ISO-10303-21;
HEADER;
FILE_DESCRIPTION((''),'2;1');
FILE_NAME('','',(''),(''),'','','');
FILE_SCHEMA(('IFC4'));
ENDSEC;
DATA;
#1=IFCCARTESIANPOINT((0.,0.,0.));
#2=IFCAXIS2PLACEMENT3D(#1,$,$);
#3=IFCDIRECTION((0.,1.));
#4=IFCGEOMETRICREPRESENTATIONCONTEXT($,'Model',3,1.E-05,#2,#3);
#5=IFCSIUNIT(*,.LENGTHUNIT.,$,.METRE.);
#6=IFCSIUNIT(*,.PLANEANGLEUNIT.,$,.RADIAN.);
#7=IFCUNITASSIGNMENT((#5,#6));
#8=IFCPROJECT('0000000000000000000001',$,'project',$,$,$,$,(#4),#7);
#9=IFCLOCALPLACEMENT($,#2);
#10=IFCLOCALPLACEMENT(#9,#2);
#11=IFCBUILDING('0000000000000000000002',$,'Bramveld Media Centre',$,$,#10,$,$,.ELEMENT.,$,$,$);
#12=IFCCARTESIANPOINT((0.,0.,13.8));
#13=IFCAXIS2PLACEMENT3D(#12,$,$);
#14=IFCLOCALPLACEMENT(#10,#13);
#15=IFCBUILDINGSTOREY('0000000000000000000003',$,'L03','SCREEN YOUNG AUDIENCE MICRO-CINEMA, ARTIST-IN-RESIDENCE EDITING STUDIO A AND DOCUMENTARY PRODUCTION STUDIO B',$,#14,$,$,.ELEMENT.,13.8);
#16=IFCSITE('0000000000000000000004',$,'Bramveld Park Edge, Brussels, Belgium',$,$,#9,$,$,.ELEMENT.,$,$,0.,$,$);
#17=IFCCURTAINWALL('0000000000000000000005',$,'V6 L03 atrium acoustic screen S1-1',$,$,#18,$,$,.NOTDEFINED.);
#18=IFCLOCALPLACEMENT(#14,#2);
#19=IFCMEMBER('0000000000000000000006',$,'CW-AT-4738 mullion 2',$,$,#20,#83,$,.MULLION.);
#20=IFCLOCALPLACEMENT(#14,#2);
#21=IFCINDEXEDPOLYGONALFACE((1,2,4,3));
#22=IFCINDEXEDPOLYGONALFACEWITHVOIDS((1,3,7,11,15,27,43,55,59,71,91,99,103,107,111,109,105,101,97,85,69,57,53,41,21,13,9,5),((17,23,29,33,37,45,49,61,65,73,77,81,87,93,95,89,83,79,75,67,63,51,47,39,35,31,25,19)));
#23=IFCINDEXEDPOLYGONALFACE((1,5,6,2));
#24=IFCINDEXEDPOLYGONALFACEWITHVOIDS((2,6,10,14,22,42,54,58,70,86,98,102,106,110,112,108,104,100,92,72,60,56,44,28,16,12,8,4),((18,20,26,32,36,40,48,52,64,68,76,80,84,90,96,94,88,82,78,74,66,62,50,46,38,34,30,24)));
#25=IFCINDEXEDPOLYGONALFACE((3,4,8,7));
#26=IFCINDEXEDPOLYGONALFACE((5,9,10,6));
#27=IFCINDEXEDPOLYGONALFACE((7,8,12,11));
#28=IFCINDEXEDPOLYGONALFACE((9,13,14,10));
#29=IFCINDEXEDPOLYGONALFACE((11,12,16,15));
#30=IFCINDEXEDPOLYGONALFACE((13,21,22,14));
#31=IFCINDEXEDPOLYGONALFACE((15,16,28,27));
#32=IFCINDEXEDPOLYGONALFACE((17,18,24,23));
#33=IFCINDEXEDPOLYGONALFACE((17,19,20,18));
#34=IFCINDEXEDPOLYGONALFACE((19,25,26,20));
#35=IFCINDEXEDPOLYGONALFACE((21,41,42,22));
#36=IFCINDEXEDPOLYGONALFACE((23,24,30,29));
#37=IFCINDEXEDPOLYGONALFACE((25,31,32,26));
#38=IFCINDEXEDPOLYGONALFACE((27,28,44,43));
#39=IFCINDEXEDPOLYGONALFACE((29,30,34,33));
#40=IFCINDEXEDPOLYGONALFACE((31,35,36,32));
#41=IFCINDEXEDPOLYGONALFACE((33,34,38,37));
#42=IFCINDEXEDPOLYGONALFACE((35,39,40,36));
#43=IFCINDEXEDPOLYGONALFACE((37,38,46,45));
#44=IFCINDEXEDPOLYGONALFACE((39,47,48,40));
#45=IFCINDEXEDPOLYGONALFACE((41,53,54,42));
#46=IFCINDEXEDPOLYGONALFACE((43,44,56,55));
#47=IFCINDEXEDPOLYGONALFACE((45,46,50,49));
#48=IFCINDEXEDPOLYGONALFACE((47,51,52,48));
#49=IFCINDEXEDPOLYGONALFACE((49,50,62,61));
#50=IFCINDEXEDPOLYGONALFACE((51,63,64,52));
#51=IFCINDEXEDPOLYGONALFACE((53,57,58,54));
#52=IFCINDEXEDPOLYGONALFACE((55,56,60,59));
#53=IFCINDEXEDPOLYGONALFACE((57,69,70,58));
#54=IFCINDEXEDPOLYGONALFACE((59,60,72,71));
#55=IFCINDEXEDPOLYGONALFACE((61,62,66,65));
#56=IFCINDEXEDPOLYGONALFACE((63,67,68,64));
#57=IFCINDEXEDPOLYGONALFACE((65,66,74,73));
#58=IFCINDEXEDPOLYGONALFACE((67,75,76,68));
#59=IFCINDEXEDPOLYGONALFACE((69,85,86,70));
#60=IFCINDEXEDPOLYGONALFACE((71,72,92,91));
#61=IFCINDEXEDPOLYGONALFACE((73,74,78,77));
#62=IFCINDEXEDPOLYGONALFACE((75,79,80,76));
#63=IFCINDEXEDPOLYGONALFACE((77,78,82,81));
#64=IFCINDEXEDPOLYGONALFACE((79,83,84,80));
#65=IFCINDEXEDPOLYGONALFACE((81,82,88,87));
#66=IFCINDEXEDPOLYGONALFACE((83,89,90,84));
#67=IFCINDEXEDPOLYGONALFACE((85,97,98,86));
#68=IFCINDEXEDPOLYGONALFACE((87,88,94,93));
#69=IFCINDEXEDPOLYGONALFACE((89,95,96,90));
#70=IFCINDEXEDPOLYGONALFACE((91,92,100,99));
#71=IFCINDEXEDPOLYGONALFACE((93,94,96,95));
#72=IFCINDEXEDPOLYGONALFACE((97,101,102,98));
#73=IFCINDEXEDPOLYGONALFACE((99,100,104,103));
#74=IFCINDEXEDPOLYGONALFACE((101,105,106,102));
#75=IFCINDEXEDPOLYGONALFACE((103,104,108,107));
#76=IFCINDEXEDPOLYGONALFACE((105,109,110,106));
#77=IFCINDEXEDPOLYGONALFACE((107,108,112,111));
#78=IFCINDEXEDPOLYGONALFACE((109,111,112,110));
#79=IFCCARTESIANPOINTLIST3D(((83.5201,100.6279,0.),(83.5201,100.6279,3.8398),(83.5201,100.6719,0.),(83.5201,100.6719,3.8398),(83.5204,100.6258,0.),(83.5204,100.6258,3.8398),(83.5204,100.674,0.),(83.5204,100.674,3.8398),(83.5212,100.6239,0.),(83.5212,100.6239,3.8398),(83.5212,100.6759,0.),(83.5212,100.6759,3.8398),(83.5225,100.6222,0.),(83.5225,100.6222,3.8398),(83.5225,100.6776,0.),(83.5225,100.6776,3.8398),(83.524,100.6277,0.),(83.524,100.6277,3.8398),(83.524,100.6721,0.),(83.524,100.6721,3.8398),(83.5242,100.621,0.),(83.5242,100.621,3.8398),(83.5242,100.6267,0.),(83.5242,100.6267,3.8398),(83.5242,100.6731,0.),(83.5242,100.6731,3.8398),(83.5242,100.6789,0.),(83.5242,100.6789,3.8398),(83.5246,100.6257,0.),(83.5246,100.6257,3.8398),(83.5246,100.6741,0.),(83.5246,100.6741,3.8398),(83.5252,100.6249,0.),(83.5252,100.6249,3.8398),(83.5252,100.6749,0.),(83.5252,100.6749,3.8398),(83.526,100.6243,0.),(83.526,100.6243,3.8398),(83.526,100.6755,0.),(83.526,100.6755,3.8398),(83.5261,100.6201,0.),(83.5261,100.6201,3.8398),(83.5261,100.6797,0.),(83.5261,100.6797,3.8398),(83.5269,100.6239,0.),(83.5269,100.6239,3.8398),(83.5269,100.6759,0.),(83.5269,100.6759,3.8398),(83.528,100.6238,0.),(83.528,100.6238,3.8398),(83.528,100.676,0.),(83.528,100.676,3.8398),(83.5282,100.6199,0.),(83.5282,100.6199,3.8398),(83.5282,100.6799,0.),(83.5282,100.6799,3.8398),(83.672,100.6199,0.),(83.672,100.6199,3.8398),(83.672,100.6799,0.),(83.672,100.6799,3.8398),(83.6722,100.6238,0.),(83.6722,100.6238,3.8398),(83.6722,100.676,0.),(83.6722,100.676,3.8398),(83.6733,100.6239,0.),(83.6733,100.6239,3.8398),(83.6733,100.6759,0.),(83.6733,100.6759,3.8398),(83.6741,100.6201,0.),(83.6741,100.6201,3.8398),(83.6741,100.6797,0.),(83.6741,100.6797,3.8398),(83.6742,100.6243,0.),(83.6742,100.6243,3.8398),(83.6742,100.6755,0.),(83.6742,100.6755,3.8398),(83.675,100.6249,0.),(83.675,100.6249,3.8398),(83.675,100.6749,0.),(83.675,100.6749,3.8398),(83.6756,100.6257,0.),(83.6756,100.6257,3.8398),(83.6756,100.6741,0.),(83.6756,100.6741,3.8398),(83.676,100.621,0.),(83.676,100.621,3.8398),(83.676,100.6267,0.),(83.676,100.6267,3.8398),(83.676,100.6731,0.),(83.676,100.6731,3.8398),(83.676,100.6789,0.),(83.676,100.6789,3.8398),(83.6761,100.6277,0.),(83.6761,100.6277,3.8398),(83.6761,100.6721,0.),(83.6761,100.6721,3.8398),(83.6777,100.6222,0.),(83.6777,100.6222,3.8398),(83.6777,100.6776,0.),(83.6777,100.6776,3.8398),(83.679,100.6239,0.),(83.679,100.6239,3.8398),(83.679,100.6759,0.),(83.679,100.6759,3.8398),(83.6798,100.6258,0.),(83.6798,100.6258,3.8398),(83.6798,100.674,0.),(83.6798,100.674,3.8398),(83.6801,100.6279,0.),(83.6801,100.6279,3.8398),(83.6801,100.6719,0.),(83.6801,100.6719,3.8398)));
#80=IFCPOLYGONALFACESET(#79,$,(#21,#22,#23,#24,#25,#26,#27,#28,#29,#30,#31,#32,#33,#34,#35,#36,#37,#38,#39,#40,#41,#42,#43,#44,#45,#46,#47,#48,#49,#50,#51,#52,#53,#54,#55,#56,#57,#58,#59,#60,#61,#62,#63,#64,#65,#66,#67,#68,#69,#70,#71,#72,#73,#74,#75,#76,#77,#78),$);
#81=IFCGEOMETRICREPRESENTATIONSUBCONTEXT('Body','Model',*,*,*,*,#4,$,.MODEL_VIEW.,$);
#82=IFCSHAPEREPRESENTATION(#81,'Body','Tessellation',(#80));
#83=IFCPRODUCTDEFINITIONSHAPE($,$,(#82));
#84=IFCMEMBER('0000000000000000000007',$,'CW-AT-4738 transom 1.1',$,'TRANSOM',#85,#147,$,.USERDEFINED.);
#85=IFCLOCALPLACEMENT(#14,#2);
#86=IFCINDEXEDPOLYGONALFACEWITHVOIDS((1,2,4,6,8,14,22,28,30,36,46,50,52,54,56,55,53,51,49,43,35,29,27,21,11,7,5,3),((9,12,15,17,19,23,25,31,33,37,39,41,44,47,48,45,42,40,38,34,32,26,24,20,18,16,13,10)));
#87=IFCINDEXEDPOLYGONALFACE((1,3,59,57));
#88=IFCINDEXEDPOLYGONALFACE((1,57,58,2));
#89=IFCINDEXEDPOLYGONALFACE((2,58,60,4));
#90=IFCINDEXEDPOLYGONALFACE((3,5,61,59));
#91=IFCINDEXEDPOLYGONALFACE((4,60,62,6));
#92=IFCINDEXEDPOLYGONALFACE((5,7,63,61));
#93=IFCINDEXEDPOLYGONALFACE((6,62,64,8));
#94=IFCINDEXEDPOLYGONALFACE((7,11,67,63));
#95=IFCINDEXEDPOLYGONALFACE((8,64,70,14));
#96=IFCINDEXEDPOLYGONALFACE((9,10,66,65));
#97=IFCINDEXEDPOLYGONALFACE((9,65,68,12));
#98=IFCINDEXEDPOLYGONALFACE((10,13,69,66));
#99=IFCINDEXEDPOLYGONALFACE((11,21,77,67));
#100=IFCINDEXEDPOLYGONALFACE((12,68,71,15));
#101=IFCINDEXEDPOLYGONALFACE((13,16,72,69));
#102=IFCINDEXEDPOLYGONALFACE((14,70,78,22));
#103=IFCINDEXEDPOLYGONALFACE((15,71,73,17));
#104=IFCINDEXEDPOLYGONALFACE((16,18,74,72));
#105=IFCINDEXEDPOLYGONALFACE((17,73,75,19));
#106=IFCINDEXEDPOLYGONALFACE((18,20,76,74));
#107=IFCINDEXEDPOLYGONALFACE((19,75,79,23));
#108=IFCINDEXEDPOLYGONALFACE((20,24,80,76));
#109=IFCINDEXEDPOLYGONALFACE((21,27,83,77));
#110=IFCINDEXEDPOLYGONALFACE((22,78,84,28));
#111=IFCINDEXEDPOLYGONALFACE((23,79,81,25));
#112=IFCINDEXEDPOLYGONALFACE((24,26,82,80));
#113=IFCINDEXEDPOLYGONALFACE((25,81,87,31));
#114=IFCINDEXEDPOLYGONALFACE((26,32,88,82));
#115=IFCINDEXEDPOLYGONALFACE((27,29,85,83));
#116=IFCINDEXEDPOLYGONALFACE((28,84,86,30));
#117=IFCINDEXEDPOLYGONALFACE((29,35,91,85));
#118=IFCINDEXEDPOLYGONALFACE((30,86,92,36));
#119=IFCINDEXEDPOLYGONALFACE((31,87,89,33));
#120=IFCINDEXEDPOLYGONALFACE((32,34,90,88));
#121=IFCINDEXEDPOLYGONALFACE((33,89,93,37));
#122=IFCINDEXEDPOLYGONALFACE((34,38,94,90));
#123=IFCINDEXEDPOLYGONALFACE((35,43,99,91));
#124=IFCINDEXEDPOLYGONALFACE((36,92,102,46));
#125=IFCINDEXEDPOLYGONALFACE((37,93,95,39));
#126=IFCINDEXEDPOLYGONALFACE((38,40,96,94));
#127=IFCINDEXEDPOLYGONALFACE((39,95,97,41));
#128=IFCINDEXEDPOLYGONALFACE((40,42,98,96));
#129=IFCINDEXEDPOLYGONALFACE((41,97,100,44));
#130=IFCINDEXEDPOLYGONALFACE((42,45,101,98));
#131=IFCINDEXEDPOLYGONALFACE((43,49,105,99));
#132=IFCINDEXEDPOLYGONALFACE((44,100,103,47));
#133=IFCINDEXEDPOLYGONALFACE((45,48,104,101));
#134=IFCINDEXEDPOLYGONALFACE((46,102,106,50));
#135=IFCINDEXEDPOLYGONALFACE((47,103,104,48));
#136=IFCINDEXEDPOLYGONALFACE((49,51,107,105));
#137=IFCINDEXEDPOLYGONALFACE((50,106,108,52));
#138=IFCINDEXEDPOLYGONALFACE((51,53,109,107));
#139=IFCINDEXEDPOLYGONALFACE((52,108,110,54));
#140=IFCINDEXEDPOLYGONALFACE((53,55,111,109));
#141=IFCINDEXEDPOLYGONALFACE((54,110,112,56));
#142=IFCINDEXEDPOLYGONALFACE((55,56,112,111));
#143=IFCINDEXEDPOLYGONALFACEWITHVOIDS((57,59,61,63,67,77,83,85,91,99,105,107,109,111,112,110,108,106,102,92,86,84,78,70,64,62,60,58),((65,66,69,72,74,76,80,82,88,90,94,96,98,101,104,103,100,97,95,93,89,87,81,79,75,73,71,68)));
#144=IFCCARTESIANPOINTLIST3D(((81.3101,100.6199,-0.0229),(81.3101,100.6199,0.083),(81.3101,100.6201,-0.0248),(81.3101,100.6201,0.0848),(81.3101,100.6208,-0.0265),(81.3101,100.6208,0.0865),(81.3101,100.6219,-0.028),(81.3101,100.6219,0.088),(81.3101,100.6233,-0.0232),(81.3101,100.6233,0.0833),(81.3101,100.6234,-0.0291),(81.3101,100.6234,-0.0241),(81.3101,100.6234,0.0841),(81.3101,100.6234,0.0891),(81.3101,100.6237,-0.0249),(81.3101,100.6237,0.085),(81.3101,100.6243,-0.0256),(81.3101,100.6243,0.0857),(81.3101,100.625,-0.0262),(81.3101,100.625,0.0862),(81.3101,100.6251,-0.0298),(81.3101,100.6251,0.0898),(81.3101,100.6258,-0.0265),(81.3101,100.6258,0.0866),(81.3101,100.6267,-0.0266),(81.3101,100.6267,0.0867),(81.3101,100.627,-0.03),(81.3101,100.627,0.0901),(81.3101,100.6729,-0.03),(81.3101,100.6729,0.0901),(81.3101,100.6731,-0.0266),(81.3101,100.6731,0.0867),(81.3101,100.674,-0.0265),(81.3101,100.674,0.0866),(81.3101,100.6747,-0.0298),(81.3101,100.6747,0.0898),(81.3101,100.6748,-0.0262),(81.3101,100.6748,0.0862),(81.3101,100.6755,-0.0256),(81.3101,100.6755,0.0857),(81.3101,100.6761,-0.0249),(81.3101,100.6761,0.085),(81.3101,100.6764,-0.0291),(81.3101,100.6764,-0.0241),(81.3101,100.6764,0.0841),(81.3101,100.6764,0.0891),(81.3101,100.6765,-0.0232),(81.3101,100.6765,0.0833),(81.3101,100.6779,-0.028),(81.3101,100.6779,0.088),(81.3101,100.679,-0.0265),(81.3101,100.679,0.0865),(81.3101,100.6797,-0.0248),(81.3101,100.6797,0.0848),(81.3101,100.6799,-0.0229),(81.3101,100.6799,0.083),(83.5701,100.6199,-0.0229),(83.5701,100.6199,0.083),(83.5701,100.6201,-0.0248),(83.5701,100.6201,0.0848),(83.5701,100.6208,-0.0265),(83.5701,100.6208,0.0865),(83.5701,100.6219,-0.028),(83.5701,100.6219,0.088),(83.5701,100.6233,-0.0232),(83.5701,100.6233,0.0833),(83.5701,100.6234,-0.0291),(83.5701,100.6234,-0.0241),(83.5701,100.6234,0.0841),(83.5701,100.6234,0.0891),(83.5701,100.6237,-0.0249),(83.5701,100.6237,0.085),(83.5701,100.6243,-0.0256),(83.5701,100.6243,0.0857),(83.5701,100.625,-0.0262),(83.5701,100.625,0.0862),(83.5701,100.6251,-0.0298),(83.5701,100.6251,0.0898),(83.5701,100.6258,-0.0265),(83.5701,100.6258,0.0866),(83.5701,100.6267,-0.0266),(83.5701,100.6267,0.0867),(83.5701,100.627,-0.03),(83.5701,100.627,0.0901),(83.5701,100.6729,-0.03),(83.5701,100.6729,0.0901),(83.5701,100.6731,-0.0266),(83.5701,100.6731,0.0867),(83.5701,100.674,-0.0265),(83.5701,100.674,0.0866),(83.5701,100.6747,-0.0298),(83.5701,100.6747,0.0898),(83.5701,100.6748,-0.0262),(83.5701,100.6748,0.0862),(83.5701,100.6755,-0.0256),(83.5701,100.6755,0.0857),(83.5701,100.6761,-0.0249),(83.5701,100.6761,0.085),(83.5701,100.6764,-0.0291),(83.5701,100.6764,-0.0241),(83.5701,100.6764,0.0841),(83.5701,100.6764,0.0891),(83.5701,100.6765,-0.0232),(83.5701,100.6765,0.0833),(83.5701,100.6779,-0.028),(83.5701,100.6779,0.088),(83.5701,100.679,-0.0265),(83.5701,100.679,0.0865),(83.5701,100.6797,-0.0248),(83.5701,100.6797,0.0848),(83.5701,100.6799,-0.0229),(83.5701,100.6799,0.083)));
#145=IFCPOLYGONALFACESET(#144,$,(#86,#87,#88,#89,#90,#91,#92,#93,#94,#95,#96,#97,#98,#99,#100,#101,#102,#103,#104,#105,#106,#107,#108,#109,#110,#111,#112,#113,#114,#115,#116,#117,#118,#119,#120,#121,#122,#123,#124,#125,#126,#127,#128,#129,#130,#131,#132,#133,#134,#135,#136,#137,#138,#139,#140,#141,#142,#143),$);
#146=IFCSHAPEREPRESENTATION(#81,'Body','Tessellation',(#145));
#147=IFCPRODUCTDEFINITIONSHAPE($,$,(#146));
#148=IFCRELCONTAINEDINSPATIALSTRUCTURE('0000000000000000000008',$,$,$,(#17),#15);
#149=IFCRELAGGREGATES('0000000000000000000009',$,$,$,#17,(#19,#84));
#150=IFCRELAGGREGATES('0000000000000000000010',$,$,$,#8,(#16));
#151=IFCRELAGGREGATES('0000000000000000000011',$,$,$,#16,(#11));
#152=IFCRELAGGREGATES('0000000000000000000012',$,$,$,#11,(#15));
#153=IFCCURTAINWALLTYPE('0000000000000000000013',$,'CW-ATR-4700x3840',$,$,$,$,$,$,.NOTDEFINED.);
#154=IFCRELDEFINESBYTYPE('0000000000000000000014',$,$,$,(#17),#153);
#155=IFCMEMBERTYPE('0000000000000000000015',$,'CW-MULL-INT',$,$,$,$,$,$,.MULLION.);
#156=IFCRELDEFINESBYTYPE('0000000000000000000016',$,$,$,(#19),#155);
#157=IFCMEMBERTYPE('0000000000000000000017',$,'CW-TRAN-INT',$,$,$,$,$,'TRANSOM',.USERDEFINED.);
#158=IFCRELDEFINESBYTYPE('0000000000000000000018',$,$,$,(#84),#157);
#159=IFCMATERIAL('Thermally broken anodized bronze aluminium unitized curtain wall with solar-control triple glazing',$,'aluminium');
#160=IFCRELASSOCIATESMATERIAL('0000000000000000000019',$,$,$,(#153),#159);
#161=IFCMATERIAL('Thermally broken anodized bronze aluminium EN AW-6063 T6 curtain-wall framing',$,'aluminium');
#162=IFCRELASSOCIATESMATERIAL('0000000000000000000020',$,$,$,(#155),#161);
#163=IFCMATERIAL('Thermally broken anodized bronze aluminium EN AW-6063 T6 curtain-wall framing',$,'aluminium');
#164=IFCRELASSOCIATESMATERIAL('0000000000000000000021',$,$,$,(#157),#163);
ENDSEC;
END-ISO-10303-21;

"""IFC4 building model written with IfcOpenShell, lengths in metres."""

from ifc_helpers import new_model, si_unit, direction, frame, origin, origin_2d, place, context, subcontext, project, spatial, hollow_rectangle, extrude, material, material_profile, profile_set, type_object, element, aggregate, save


model = new_model("IFC4")

# Units and contexts
model_context = context("Model", 3, precision=1e-05, world=origin(), true_north=direction((0.0, 1.0)))
body_context = subcontext(model_context, "Body", "Model", "MODEL_VIEW")
ifc_project = project(units=[si_unit("LENGTHUNIT", "METRE"), si_unit("PLANEANGLEUNIT", "RADIAN")], contexts=[model_context])

# Site, building, storey
site_placement = place(None, origin())
site = spatial("IfcSite", under=ifc_project, at=site_placement, Name="Bramveld Park Edge, Brussels, Belgium", CompositionType="ELEMENT", RefElevation=0.0)
building_placement = place(site_placement, origin())
building = spatial("IfcBuilding", under=site, at=building_placement, Name="Bramveld Media Centre", CompositionType="ELEMENT")
storey_placement = place(building_placement, frame((0.0, 0.0, 13.8)))
storey = spatial("IfcBuildingStorey", under=building, at=storey_placement, Name="L03", Description="SCREEN YOUNG AUDIENCE MICRO-CINEMA, ARTIST-IN-RESIDENCE EDITING STUDIO A AND DOCUMENTARY PRODUCTION STUDIO B", CompositionType="ELEMENT", Elevation=13.8)

# Curtain wall, members
ifc_material_1 = material(Name="Thermally broken anodized bronze aluminium unitized curtain wall with solar-control triple glazing", Category="aluminium")
curtain_wall_type = type_object("IfcCurtainWallType", Name="CW-ATR-4700x3840", PredefinedType="NOTDEFINED", material=ifc_material_1)
curtain_wall_placement = place(storey_placement, origin())
curtain_wall = element("IfcCurtainWall", 1, at=curtain_wall_placement, inside=storey, type_object=curtain_wall_type, Name="V6 L03 atrium acoustic screen S1-1", PredefinedType="NOTDEFINED")
ifc_material_2 = material(Name="Thermally broken anodized bronze aluminium EN AW-6063 T6 curtain-wall framing", Category="aluminium")
ifc_material_profile_1 = material_profile(ifc_material_2, hollow_rectangle(XDim=0.0601, YDim=0.1599, WallThickness=0.0039, InnerFilletRadius=0.0039, OuterFilletRadius=0.0081, at=origin_2d()), Name="AL-MULL 60x160")
ifc_profile_set_1 = profile_set([ifc_material_profile_1], Name="Thermally broken anodized bronze aluminium EN AW-6063 T6 curtain-wall framing")
member_type_1 = type_object("IfcMemberType", Name="CW-MULL-INT", PredefinedType="MULLION", material=ifc_profile_set_1)
member_1_placement = place(storey_placement, frame((83.6001, 100.6499, 0.0), z_axis=(0.0, 0.0, 1.0), x_axis=(0.0, 1.0, 0.0)))
member_1 = element("IfcMember", 2, at=member_1_placement, type_object=member_type_1, Name="CW-AT-4738 mullion 2", PredefinedType="MULLION", context=body_context, shape_type="SweptSolid", body=[
    extrude(hollow_rectangle(XDim=0.0601, YDim=0.1599, WallThickness=0.0039, InnerFilletRadius=0.0039, OuterFilletRadius=0.0081, at=origin_2d()), origin(), (0.0, 0.0, 1.0), 3.8398),
])
ifc_material_3 = material(Name="Thermally broken anodized bronze aluminium EN AW-6063 T6 curtain-wall framing", Category="aluminium")
ifc_material_profile_2 = material_profile(ifc_material_3, hollow_rectangle(XDim=0.0601, YDim=0.1201, WallThickness=0.0034, InnerFilletRadius=0.0034, OuterFilletRadius=0.0071, at=origin_2d()), Name="AL-TRAN 60x120")
ifc_profile_set_2 = profile_set([ifc_material_profile_2], Name="Thermally broken anodized bronze aluminium EN AW-6063 T6 curtain-wall framing")
member_type_2 = type_object("IfcMemberType", Name="CW-TRAN-INT", ElementType="TRANSOM", PredefinedType="USERDEFINED", material=ifc_profile_set_2)
member_2_placement = place(storey_placement, frame((81.3101, 100.6499, 0.03), z_axis=(1.0, 0.0, 0.0), x_axis=(0.0, 1.0, 0.0)))
member_2 = element("IfcMember", 3, at=member_2_placement, type_object=member_type_2, Name="CW-AT-4738 transom 1.1", ObjectType="TRANSOM", PredefinedType="USERDEFINED", context=body_context, shape_type="SweptSolid", body=[
    extrude(hollow_rectangle(XDim=0.0601, YDim=0.1201, WallThickness=0.0034, InnerFilletRadius=0.0034, OuterFilletRadius=0.0071, at=origin_2d()), origin(), (0.0, 0.0, 1.0), 2.26),
])
aggregate(curtain_wall, [member_1, member_2])

save(model, "model.ifc")
